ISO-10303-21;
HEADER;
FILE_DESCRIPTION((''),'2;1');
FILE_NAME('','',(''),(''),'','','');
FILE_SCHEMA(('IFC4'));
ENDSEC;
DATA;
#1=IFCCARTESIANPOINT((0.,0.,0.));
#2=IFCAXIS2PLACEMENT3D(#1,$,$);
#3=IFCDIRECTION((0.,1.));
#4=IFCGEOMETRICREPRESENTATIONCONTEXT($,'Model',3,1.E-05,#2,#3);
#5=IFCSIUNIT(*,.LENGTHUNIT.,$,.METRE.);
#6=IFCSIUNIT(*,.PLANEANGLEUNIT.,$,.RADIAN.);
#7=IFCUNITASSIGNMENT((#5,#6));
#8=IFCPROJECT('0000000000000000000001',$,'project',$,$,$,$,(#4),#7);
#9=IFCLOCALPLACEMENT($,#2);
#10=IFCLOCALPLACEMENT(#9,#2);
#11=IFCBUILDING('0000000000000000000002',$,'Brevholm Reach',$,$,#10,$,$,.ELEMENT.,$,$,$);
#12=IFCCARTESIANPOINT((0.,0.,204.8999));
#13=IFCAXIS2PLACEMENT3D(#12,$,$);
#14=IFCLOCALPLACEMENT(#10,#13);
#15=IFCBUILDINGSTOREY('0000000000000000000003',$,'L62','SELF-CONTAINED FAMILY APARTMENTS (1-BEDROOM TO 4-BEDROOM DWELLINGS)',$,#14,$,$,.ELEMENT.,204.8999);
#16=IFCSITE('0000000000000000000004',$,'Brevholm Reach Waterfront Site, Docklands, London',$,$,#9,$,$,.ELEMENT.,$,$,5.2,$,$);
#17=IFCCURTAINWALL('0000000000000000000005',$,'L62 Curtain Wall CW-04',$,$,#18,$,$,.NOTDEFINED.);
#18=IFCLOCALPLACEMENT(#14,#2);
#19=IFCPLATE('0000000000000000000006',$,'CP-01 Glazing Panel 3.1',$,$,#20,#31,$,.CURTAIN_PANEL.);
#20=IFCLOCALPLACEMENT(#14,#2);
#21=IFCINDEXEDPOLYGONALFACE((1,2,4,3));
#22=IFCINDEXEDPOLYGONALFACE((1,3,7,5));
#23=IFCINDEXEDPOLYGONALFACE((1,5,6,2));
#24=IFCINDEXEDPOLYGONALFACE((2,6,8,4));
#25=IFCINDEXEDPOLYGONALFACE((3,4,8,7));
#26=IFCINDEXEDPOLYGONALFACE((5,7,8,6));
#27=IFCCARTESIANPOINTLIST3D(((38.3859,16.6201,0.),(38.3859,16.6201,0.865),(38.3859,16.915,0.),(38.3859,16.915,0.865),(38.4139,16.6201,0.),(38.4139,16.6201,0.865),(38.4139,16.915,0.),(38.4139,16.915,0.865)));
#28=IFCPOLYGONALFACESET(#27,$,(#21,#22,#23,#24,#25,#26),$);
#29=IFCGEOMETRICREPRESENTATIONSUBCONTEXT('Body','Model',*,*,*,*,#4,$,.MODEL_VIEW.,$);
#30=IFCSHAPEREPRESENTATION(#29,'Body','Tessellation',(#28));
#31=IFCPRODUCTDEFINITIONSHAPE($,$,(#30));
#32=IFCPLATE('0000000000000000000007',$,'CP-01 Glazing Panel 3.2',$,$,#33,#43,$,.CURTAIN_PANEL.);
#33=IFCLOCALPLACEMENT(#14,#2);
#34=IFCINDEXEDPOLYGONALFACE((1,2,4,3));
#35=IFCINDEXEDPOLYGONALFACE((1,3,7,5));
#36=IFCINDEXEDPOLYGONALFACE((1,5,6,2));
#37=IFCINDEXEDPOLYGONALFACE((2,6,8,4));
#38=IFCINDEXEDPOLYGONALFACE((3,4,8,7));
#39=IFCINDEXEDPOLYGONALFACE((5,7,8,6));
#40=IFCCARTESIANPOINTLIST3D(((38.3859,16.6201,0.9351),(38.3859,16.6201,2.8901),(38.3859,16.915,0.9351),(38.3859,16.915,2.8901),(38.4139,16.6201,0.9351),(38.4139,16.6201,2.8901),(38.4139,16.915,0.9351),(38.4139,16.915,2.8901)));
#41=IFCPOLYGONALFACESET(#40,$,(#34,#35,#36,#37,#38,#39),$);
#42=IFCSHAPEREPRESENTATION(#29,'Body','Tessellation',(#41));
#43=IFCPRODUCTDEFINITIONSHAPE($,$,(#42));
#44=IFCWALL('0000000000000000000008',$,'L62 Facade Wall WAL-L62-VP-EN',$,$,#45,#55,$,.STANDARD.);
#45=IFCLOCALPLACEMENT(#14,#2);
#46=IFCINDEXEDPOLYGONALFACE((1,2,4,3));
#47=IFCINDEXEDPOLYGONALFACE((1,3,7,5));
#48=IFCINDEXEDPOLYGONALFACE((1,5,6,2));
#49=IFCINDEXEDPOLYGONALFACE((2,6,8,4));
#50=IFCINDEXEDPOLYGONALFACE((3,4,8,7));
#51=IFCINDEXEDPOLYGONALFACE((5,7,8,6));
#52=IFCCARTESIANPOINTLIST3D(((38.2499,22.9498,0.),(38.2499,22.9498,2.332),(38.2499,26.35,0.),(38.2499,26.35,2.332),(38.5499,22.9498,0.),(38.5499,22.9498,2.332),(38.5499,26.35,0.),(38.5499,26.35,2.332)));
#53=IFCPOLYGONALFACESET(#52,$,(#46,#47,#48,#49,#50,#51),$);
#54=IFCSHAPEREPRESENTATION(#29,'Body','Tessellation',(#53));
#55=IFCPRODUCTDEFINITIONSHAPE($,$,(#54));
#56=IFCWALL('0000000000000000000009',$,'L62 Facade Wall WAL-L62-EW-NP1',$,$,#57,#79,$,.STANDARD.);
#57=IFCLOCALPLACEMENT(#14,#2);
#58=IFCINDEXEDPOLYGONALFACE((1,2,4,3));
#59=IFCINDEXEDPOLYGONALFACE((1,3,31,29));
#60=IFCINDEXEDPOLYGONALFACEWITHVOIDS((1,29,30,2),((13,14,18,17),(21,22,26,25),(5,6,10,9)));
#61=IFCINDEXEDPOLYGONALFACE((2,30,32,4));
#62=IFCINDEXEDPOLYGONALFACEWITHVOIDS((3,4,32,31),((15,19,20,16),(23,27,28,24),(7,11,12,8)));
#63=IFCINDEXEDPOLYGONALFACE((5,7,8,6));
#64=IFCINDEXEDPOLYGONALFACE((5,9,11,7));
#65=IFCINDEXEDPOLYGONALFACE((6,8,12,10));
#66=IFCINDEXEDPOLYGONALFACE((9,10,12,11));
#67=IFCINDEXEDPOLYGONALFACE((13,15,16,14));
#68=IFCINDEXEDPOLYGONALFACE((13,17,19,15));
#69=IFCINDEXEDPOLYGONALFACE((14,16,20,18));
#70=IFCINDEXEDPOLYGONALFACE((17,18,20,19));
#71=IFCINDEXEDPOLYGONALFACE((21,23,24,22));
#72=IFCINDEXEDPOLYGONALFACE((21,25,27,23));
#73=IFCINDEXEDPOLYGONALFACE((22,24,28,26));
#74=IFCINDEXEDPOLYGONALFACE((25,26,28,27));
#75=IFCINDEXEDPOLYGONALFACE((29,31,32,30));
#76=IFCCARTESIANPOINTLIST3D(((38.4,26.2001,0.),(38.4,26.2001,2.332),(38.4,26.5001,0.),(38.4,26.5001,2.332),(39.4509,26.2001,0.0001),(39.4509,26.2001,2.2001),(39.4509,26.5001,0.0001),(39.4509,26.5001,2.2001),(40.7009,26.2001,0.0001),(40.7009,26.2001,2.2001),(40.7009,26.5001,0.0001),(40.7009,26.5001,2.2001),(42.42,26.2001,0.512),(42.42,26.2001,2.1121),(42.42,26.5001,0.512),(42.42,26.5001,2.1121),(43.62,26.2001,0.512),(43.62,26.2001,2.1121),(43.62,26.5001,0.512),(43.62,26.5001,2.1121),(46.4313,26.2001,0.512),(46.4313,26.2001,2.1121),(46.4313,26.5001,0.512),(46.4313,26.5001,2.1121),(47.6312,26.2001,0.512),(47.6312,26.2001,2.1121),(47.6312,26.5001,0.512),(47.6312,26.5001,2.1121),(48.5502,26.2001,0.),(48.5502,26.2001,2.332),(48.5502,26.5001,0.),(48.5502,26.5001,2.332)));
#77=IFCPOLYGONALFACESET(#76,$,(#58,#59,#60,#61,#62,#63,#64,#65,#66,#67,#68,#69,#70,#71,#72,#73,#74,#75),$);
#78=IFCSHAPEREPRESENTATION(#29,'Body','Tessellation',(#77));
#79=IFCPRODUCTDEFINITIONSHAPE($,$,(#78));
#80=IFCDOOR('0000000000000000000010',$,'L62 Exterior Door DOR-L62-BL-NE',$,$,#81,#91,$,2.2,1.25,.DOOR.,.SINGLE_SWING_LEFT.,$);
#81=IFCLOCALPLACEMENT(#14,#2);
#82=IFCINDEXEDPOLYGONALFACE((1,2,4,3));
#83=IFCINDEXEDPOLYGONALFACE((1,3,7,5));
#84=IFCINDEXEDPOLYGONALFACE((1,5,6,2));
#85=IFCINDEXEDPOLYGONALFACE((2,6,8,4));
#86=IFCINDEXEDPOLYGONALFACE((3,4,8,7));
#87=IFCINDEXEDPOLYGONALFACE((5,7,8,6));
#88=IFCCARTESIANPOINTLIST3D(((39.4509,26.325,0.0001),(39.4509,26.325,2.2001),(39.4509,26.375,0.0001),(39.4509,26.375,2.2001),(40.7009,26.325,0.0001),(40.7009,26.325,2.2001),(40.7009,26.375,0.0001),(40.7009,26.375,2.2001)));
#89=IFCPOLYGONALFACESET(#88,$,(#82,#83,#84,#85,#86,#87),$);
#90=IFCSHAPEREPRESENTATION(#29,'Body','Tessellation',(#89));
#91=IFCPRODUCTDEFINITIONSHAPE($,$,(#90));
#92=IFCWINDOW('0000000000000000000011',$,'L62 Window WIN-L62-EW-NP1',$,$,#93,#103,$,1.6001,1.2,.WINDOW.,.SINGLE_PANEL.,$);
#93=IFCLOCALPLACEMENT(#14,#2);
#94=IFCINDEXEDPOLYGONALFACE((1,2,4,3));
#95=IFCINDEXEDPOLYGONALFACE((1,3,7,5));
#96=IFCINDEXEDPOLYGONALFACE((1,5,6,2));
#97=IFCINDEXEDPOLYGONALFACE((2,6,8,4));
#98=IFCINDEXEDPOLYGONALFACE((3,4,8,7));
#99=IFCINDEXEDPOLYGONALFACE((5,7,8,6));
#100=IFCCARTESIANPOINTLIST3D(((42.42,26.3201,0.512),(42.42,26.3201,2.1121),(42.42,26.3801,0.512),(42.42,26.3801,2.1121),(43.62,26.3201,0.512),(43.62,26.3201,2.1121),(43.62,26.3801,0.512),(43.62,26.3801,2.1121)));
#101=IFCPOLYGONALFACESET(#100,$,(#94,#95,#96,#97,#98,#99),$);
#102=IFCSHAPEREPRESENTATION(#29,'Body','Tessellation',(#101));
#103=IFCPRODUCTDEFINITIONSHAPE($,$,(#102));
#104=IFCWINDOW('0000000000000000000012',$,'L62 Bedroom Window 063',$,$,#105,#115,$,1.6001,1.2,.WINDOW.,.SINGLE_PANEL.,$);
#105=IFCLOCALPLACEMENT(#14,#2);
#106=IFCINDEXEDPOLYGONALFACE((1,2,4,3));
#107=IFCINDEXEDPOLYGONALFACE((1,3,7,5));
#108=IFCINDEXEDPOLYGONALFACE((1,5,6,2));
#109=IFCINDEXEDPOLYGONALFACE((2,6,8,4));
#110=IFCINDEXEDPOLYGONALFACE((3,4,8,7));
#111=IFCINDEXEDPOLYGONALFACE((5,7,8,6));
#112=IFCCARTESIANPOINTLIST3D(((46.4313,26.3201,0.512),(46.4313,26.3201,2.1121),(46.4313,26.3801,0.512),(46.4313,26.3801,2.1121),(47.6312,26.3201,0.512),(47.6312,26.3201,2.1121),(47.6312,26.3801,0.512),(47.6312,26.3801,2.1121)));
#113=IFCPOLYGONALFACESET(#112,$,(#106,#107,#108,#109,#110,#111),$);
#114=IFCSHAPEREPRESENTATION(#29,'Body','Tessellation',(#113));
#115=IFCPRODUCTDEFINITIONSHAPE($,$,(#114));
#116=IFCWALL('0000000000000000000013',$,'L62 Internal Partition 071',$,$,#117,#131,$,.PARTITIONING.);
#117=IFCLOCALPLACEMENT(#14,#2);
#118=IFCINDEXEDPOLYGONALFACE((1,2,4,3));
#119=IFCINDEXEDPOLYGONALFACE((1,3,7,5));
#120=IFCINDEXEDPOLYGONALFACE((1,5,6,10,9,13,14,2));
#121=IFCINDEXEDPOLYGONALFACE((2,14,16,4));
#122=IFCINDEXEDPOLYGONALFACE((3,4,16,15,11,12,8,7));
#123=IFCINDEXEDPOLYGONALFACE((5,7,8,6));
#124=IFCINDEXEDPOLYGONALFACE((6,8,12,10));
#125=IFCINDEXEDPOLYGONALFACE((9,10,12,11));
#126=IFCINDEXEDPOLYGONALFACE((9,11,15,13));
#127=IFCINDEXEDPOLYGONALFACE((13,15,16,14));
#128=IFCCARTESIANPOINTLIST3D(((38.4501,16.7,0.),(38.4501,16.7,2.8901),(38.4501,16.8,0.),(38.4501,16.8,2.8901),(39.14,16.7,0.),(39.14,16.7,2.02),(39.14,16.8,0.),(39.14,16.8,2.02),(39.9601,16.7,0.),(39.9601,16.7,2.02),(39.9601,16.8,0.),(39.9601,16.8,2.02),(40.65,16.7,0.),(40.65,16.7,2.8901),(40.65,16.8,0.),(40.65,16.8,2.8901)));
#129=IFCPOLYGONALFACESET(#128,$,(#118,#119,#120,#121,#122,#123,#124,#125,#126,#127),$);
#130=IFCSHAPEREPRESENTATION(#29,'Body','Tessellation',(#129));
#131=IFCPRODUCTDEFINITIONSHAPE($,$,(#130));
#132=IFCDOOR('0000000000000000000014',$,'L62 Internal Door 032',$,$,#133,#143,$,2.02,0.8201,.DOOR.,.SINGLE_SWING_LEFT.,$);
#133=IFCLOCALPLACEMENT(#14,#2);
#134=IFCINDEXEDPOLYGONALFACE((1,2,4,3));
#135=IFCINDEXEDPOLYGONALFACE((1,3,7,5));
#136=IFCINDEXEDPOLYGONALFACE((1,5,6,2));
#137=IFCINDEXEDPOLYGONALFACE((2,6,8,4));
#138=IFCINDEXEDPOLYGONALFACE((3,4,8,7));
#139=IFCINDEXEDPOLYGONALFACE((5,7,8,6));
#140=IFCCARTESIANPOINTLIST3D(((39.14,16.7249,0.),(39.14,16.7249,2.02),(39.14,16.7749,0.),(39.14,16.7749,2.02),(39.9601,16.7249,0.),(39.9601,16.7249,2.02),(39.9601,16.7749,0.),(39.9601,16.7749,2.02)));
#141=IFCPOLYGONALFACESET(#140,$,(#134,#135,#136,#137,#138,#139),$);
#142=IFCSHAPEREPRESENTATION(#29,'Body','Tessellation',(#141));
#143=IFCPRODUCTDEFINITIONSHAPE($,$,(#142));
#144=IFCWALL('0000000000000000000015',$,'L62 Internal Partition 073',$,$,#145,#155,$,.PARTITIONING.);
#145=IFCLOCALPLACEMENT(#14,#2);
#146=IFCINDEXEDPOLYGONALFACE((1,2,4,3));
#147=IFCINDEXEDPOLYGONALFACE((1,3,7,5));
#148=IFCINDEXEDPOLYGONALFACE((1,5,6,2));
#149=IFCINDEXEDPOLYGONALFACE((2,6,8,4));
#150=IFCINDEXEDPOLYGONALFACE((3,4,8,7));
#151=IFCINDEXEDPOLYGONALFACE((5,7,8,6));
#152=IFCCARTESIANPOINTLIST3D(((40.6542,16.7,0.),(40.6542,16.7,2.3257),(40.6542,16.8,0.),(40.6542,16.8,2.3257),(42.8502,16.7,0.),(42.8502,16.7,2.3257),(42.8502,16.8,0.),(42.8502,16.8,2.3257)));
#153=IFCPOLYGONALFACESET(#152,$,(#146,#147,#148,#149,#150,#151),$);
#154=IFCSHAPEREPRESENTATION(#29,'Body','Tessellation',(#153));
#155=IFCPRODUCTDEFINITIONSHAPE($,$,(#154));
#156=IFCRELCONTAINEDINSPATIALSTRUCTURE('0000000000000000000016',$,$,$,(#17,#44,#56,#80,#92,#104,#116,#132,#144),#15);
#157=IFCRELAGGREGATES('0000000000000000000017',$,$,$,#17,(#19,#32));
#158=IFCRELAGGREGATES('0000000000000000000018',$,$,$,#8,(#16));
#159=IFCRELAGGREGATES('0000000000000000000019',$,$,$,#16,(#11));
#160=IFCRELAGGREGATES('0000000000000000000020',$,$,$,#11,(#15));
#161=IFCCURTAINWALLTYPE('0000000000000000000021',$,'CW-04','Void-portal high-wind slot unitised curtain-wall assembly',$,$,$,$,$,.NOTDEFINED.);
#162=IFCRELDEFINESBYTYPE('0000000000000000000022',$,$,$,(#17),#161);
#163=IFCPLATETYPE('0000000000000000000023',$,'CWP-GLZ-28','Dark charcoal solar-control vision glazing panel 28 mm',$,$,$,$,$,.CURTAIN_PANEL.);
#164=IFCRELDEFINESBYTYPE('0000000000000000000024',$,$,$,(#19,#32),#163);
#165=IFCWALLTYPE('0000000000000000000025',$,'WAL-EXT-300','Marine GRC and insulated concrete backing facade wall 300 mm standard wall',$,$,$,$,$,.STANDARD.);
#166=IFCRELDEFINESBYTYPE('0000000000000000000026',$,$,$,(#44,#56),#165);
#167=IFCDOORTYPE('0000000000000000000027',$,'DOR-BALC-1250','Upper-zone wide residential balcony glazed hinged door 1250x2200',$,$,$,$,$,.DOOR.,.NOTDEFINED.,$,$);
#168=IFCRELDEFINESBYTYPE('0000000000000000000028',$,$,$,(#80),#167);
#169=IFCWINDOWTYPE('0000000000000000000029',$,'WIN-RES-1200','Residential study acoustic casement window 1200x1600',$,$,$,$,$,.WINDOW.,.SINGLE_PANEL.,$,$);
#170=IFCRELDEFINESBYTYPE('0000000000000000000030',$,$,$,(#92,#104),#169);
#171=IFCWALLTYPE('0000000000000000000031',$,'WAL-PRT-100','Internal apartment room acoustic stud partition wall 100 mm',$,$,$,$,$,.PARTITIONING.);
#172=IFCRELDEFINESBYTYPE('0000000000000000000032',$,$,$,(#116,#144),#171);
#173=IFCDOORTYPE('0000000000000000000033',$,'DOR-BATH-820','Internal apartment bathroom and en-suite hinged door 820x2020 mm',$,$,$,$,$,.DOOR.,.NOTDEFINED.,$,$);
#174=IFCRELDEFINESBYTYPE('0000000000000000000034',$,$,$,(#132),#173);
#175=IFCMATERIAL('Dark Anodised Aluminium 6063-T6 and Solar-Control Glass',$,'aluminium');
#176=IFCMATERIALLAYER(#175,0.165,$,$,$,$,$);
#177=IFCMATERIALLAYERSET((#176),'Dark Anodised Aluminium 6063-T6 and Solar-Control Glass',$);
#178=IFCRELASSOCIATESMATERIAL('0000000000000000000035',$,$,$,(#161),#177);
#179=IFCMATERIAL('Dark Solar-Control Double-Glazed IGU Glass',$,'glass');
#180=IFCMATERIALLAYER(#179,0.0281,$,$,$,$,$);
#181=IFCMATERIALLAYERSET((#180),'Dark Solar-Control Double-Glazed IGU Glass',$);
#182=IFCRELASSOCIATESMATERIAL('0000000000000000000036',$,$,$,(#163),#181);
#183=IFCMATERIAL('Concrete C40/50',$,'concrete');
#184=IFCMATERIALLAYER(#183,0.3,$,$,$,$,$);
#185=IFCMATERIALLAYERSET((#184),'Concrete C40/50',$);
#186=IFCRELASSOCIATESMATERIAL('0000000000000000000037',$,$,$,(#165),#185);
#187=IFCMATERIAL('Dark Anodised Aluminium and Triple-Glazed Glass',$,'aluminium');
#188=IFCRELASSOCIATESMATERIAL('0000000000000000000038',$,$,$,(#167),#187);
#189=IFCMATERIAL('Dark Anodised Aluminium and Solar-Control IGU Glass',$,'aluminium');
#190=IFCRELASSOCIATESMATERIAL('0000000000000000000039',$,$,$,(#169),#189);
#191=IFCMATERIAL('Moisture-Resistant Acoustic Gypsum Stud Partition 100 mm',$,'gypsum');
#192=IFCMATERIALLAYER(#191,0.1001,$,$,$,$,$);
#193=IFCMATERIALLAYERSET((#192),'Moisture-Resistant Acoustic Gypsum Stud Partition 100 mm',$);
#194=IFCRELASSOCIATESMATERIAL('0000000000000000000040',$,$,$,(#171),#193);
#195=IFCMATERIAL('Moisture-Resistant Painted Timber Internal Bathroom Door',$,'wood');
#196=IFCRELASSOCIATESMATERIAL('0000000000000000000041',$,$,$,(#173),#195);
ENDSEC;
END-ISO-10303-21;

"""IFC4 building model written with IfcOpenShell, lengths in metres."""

from ifc_helpers import new_model, si_unit, direction, frame, frame_2d, origin, origin_2d, place, context, subcontext, project, spatial, rectangle, extrude, material, layer, layer_set, type_object, element, fill, aggregate, save


model = new_model("IFC4")

# Units and contexts
model_context = context("Model", 3, precision=1e-05, world=origin(), true_north=direction((0.0, 1.0)))
body_context = subcontext(model_context, "Body", "Model", "MODEL_VIEW")
ifc_project = project(units=[si_unit("LENGTHUNIT", "METRE"), si_unit("PLANEANGLEUNIT", "RADIAN")], contexts=[model_context])

# Site, building, storey
site_placement = place(None, origin())
site = spatial("IfcSite", under=ifc_project, at=site_placement, Name="Brevholm Reach Waterfront Site, Docklands, London", CompositionType="ELEMENT", RefElevation=5.2)
building_placement = place(site_placement, origin())
building = spatial("IfcBuilding", under=site, at=building_placement, Name="Brevholm Reach", CompositionType="ELEMENT")
storey_placement = place(building_placement, frame((0.0, 0.0, 204.8999)))
storey = spatial("IfcBuildingStorey", under=building, at=storey_placement, Name="L62", Description="SELF-CONTAINED FAMILY APARTMENTS (1-BEDROOM TO 4-BEDROOM DWELLINGS)", CompositionType="ELEMENT", Elevation=204.8999)

# Curtain wall, plates
ifc_material_1 = material(Name="Dark Anodised Aluminium 6063-T6 and Solar-Control Glass", Category="aluminium")
ifc_layer_1 = layer(ifc_material_1, 0.165)
ifc_layer_set_1 = layer_set([ifc_layer_1], Name="Dark Anodised Aluminium 6063-T6 and Solar-Control Glass")
curtain_wall_type = type_object("IfcCurtainWallType", Name="CW-04", Description="Void-portal high-wind slot unitised curtain-wall assembly", PredefinedType="NOTDEFINED", material=ifc_layer_set_1)
curtain_wall_placement = place(storey_placement, origin())
curtain_wall = element("IfcCurtainWall", 1, at=curtain_wall_placement, inside=storey, type_object=curtain_wall_type, Name="L62 Curtain Wall CW-04", PredefinedType="NOTDEFINED")
ifc_material_2 = material(Name="Dark Solar-Control Double-Glazed IGU Glass", Category="glass")
ifc_layer_2 = layer(ifc_material_2, 0.0281)
ifc_layer_set_2 = layer_set([ifc_layer_2], Name="Dark Solar-Control Double-Glazed IGU Glass")
plate_type = type_object("IfcPlateType", Name="CWP-GLZ-28", Description="Dark charcoal solar-control vision glazing panel 28 mm", PredefinedType="CURTAIN_PANEL", material=ifc_layer_set_2)
plate_1_placement = place(storey_placement, frame((38.3999, 16.7676, 0.0), z_axis=(0.0, 0.0, 1.0), x_axis=(0.0, -1.0, 0.0)))
plate_1 = element("IfcPlate", 2, at=plate_1_placement, type_object=plate_type, Name="CP-01 Glazing Panel 3.1", PredefinedType="CURTAIN_PANEL", context=body_context, shape_type="SweptSolid", body=[
    extrude(rectangle(XDim=0.2949, YDim=0.0281, at=origin_2d()), origin(), (0.0, 0.0, 1.0), 0.865),
])
plate_2_placement = place(storey_placement, frame((38.3999, 16.7676, 0.9351), z_axis=(0.0, 0.0, 1.0), x_axis=(0.0, -1.0, 0.0)))
plate_2 = element("IfcPlate", 3, at=plate_2_placement, type_object=plate_type, Name="CP-01 Glazing Panel 3.2", PredefinedType="CURTAIN_PANEL", context=body_context, shape_type="SweptSolid", body=[
    extrude(rectangle(XDim=0.2949, YDim=0.0281, at=origin_2d()), origin(), (0.0, 0.0, 1.0), 1.9551),
])
aggregate(curtain_wall, [plate_1, plate_2])

# Wall
ifc_material_3 = material(Name="Concrete C40/50", Category="concrete")
ifc_layer_3 = layer(ifc_material_3, 0.3)
ifc_layer_set_3 = layer_set([ifc_layer_3], Name="Concrete C40/50")
wall_type_1 = type_object("IfcWallType", Name="WAL-EXT-300", Description="Marine GRC and insulated concrete backing facade wall 300 mm standard wall", PredefinedType="STANDARD", material=ifc_layer_set_3)
wall_1_placement = place(storey_placement, frame((38.3999, 26.3501, 0.0), z_axis=(0.0, 0.0, 1.0), x_axis=(0.0, -1.0, 0.0)))
element("IfcWall", 4, at=wall_1_placement, inside=storey, type_object=wall_type_1, Name="L62 Facade Wall WAL-L62-VP-EN", PredefinedType="STANDARD", context=body_context, shape_type="SweptSolid", body=[
    extrude(rectangle(XDim=3.4001, YDim=0.3, at=frame_2d((1.7002, 0.0))), origin(), (0.0, 0.0, 1.0), 2.332),
])

# Wall, openings, door, windows
wall_2_placement = place(storey_placement, frame((38.3999, 26.3501, 0.0), z_axis=(0.0, 0.0, 1.0), x_axis=(1.0, 0.0, 0.0)))
wall_2 = element("IfcWall", 5, at=wall_2_placement, inside=storey, type_object=wall_type_1, Name="L62 Facade Wall WAL-L62-EW-NP1", PredefinedType="STANDARD", context=body_context, shape_type="SweptSolid", body=[
    extrude(rectangle(XDim=10.1501, YDim=0.3, at=frame_2d((5.0752, 0.0))), origin(), (0.0, 0.0, 1.0), 2.332),
])
opening_1_placement = place(wall_2_placement, frame((1.051, 0.0, 0.0)))
opening_1 = element("IfcOpeningElement", 6, at=opening_1_placement, cuts=wall_2, PredefinedType="OPENING", context=body_context, shape_type="SweptSolid", body=[
    extrude(rectangle(XDim=1.25, YDim=2.2, at=frame_2d((0.625, 1.1001))), frame((0.0, 0.1599, 0.0), z_axis=(0.0, -1.0, 0.0), x_axis=(1.0, 0.0, 0.0)), (0.0, 0.0, 1.0), 0.3201),
])
opening_2_placement = place(wall_2_placement, frame((4.02, 0.0, 0.512)))
opening_2 = element("IfcOpeningElement", 7, at=opening_2_placement, cuts=wall_2, PredefinedType="OPENING", context=body_context, shape_type="SweptSolid", body=[
    extrude(rectangle(XDim=1.2, YDim=1.6001, at=frame_2d((0.6001, 0.8))), frame((0.0, 0.1599, 0.0), z_axis=(0.0, -1.0, 0.0), x_axis=(1.0, 0.0, 0.0)), (0.0, 0.0, 1.0), 0.3201),
])
opening_3_placement = place(wall_2_placement, frame((8.0312, 0.0, 0.512)))
opening_3 = element("IfcOpeningElement", 8, at=opening_3_placement, cuts=wall_2, PredefinedType="OPENING", context=body_context, shape_type="SweptSolid", body=[
    extrude(rectangle(XDim=1.2, YDim=1.6001, at=frame_2d((0.6001, 0.8))), frame((0.0, 0.1599, 0.0), z_axis=(0.0, -1.0, 0.0), x_axis=(1.0, 0.0, 0.0)), (0.0, 0.0, 1.0), 0.3201),
])
ifc_material_4 = material(Name="Dark Anodised Aluminium and Triple-Glazed Glass", Category="aluminium")
door_type_1 = type_object("IfcDoorType", Name="DOR-BALC-1250", Description="Upper-zone wide residential balcony glazed hinged door 1250x2200", OperationType="NOTDEFINED", PredefinedType="DOOR", material=ifc_material_4)
door_1_placement = place(opening_1_placement, origin())
door_1 = element("IfcDoor", 9, at=door_1_placement, inside=storey, type_object=door_type_1, Name="L62 Exterior Door DOR-L62-BL-NE", OperationType="SINGLE_SWING_LEFT", OverallHeight=2.2, OverallWidth=1.25, PredefinedType="DOOR", context=body_context, shape_type="SweptSolid", body=[
    extrude(rectangle(XDim=1.25, YDim=2.2, at=frame_2d((0.625, 1.1001))), frame((0.0, 0.0249, 0.0), z_axis=(0.0, -1.0, 0.0), x_axis=(1.0, 0.0, 0.0)), (0.0, 0.0, 1.0), 0.05),
])
fill(opening_1, door_1)
ifc_material_5 = material(Name="Dark Anodised Aluminium and Solar-Control IGU Glass", Category="aluminium")
window_type = type_object("IfcWindowType", Name="WIN-RES-1200", Description="Residential study acoustic casement window 1200x1600", PartitioningType="SINGLE_PANEL", PredefinedType="WINDOW", material=ifc_material_5)
window_1_placement = place(opening_2_placement, origin())
window_1 = element("IfcWindow", 10, at=window_1_placement, inside=storey, type_object=window_type, Name="L62 Window WIN-L62-EW-NP1", OverallHeight=1.6001, OverallWidth=1.2, PartitioningType="SINGLE_PANEL", PredefinedType="WINDOW", context=body_context, shape_type="SweptSolid", body=[
    extrude(rectangle(XDim=1.2, YDim=1.6001, at=frame_2d((0.6001, 0.8))), frame((0.0, 0.03, 0.0), z_axis=(0.0, -1.0, 0.0), x_axis=(1.0, 0.0, 0.0)), (0.0, 0.0, 1.0), 0.0601),
])
fill(opening_2, window_1)
window_2_placement = place(opening_3_placement, origin())
window_2 = element("IfcWindow", 11, at=window_2_placement, inside=storey, type_object=window_type, Name="L62 Bedroom Window 063", OverallHeight=1.6001, OverallWidth=1.2, PartitioningType="SINGLE_PANEL", PredefinedType="WINDOW", context=body_context, shape_type="SweptSolid", body=[
    extrude(rectangle(XDim=1.2, YDim=1.6001, at=frame_2d((0.6001, 0.8))), frame((0.0, 0.03, 0.0), z_axis=(0.0, -1.0, 0.0), x_axis=(1.0, 0.0, 0.0)), (0.0, 0.0, 1.0), 0.0601),
])
fill(opening_3, window_2)

# Wall, opening, door
ifc_material_6 = material(Name="Moisture-Resistant Acoustic Gypsum Stud Partition 100 mm", Category="gypsum")
ifc_layer_4 = layer(ifc_material_6, 0.1001)
ifc_layer_set_4 = layer_set([ifc_layer_4], Name="Moisture-Resistant Acoustic Gypsum Stud Partition 100 mm")
wall_type_2 = type_object("IfcWallType", Name="WAL-PRT-100", Description="Internal apartment room acoustic stud partition wall 100 mm", PredefinedType="PARTITIONING", material=ifc_layer_set_4)
wall_3_placement = place(storey_placement, frame((38.45, 16.75, 0.0), z_axis=(0.0, 0.0, 1.0), x_axis=(1.0, 0.0, 0.0)))
wall_3 = element("IfcWall", 12, at=wall_3_placement, inside=storey, type_object=wall_type_2, Name="L62 Internal Partition 071", PredefinedType="PARTITIONING", context=body_context, shape_type="SweptSolid", body=[
    extrude(rectangle(XDim=2.2, YDim=0.1001, at=frame_2d((1.1001, 0.0))), origin(), (0.0, 0.0, 1.0), 2.8901),
])
opening_4_placement = place(wall_3_placement, frame((0.6899, 0.0, 0.0)))
opening_4 = element("IfcOpeningElement", 13, at=opening_4_placement, cuts=wall_3, PredefinedType="OPENING", context=body_context, shape_type="SweptSolid", body=[
    extrude(rectangle(XDim=0.8201, YDim=2.02, at=frame_2d((0.4102, 1.01))), frame((0.0, 0.0601, 0.0), z_axis=(0.0, -1.0, 0.0), x_axis=(1.0, 0.0, 0.0)), (0.0, 0.0, 1.0), 0.1201),
])
ifc_material_7 = material(Name="Moisture-Resistant Painted Timber Internal Bathroom Door", Category="wood")
door_type_2 = type_object("IfcDoorType", Name="DOR-BATH-820", Description="Internal apartment bathroom and en-suite hinged door 820x2020 mm", OperationType="NOTDEFINED", PredefinedType="DOOR", material=ifc_material_7)
door_2_placement = place(opening_4_placement, origin())
door_2 = element("IfcDoor", 14, at=door_2_placement, inside=storey, type_object=door_type_2, Name="L62 Internal Door 032", OperationType="SINGLE_SWING_LEFT", OverallHeight=2.02, OverallWidth=0.8201, PredefinedType="DOOR", context=body_context, shape_type="SweptSolid", body=[
    extrude(rectangle(XDim=0.8201, YDim=2.02, at=frame_2d((0.4102, 1.01))), frame((0.0, 0.0249, 0.0), z_axis=(0.0, -1.0, 0.0), x_axis=(1.0, 0.0, 0.0)), (0.0, 0.0, 1.0), 0.05),
])
fill(opening_4, door_2)

# Wall
wall_4_placement = place(storey_placement, frame((40.6541, 16.75, 0.0), z_axis=(0.0, 0.0, 1.0), x_axis=(1.0, 0.0, 0.0)))
element("IfcWall", 15, at=wall_4_placement, inside=storey, type_object=wall_type_2, Name="L62 Internal Partition 073", PredefinedType="PARTITIONING", context=body_context, shape_type="SweptSolid", body=[
    extrude(rectangle(XDim=2.196, YDim=0.1001, at=frame_2d((1.0981, 0.0))), origin(), (0.0, 0.0, 1.0), 2.3257),
])

save(model, "model.ifc")
